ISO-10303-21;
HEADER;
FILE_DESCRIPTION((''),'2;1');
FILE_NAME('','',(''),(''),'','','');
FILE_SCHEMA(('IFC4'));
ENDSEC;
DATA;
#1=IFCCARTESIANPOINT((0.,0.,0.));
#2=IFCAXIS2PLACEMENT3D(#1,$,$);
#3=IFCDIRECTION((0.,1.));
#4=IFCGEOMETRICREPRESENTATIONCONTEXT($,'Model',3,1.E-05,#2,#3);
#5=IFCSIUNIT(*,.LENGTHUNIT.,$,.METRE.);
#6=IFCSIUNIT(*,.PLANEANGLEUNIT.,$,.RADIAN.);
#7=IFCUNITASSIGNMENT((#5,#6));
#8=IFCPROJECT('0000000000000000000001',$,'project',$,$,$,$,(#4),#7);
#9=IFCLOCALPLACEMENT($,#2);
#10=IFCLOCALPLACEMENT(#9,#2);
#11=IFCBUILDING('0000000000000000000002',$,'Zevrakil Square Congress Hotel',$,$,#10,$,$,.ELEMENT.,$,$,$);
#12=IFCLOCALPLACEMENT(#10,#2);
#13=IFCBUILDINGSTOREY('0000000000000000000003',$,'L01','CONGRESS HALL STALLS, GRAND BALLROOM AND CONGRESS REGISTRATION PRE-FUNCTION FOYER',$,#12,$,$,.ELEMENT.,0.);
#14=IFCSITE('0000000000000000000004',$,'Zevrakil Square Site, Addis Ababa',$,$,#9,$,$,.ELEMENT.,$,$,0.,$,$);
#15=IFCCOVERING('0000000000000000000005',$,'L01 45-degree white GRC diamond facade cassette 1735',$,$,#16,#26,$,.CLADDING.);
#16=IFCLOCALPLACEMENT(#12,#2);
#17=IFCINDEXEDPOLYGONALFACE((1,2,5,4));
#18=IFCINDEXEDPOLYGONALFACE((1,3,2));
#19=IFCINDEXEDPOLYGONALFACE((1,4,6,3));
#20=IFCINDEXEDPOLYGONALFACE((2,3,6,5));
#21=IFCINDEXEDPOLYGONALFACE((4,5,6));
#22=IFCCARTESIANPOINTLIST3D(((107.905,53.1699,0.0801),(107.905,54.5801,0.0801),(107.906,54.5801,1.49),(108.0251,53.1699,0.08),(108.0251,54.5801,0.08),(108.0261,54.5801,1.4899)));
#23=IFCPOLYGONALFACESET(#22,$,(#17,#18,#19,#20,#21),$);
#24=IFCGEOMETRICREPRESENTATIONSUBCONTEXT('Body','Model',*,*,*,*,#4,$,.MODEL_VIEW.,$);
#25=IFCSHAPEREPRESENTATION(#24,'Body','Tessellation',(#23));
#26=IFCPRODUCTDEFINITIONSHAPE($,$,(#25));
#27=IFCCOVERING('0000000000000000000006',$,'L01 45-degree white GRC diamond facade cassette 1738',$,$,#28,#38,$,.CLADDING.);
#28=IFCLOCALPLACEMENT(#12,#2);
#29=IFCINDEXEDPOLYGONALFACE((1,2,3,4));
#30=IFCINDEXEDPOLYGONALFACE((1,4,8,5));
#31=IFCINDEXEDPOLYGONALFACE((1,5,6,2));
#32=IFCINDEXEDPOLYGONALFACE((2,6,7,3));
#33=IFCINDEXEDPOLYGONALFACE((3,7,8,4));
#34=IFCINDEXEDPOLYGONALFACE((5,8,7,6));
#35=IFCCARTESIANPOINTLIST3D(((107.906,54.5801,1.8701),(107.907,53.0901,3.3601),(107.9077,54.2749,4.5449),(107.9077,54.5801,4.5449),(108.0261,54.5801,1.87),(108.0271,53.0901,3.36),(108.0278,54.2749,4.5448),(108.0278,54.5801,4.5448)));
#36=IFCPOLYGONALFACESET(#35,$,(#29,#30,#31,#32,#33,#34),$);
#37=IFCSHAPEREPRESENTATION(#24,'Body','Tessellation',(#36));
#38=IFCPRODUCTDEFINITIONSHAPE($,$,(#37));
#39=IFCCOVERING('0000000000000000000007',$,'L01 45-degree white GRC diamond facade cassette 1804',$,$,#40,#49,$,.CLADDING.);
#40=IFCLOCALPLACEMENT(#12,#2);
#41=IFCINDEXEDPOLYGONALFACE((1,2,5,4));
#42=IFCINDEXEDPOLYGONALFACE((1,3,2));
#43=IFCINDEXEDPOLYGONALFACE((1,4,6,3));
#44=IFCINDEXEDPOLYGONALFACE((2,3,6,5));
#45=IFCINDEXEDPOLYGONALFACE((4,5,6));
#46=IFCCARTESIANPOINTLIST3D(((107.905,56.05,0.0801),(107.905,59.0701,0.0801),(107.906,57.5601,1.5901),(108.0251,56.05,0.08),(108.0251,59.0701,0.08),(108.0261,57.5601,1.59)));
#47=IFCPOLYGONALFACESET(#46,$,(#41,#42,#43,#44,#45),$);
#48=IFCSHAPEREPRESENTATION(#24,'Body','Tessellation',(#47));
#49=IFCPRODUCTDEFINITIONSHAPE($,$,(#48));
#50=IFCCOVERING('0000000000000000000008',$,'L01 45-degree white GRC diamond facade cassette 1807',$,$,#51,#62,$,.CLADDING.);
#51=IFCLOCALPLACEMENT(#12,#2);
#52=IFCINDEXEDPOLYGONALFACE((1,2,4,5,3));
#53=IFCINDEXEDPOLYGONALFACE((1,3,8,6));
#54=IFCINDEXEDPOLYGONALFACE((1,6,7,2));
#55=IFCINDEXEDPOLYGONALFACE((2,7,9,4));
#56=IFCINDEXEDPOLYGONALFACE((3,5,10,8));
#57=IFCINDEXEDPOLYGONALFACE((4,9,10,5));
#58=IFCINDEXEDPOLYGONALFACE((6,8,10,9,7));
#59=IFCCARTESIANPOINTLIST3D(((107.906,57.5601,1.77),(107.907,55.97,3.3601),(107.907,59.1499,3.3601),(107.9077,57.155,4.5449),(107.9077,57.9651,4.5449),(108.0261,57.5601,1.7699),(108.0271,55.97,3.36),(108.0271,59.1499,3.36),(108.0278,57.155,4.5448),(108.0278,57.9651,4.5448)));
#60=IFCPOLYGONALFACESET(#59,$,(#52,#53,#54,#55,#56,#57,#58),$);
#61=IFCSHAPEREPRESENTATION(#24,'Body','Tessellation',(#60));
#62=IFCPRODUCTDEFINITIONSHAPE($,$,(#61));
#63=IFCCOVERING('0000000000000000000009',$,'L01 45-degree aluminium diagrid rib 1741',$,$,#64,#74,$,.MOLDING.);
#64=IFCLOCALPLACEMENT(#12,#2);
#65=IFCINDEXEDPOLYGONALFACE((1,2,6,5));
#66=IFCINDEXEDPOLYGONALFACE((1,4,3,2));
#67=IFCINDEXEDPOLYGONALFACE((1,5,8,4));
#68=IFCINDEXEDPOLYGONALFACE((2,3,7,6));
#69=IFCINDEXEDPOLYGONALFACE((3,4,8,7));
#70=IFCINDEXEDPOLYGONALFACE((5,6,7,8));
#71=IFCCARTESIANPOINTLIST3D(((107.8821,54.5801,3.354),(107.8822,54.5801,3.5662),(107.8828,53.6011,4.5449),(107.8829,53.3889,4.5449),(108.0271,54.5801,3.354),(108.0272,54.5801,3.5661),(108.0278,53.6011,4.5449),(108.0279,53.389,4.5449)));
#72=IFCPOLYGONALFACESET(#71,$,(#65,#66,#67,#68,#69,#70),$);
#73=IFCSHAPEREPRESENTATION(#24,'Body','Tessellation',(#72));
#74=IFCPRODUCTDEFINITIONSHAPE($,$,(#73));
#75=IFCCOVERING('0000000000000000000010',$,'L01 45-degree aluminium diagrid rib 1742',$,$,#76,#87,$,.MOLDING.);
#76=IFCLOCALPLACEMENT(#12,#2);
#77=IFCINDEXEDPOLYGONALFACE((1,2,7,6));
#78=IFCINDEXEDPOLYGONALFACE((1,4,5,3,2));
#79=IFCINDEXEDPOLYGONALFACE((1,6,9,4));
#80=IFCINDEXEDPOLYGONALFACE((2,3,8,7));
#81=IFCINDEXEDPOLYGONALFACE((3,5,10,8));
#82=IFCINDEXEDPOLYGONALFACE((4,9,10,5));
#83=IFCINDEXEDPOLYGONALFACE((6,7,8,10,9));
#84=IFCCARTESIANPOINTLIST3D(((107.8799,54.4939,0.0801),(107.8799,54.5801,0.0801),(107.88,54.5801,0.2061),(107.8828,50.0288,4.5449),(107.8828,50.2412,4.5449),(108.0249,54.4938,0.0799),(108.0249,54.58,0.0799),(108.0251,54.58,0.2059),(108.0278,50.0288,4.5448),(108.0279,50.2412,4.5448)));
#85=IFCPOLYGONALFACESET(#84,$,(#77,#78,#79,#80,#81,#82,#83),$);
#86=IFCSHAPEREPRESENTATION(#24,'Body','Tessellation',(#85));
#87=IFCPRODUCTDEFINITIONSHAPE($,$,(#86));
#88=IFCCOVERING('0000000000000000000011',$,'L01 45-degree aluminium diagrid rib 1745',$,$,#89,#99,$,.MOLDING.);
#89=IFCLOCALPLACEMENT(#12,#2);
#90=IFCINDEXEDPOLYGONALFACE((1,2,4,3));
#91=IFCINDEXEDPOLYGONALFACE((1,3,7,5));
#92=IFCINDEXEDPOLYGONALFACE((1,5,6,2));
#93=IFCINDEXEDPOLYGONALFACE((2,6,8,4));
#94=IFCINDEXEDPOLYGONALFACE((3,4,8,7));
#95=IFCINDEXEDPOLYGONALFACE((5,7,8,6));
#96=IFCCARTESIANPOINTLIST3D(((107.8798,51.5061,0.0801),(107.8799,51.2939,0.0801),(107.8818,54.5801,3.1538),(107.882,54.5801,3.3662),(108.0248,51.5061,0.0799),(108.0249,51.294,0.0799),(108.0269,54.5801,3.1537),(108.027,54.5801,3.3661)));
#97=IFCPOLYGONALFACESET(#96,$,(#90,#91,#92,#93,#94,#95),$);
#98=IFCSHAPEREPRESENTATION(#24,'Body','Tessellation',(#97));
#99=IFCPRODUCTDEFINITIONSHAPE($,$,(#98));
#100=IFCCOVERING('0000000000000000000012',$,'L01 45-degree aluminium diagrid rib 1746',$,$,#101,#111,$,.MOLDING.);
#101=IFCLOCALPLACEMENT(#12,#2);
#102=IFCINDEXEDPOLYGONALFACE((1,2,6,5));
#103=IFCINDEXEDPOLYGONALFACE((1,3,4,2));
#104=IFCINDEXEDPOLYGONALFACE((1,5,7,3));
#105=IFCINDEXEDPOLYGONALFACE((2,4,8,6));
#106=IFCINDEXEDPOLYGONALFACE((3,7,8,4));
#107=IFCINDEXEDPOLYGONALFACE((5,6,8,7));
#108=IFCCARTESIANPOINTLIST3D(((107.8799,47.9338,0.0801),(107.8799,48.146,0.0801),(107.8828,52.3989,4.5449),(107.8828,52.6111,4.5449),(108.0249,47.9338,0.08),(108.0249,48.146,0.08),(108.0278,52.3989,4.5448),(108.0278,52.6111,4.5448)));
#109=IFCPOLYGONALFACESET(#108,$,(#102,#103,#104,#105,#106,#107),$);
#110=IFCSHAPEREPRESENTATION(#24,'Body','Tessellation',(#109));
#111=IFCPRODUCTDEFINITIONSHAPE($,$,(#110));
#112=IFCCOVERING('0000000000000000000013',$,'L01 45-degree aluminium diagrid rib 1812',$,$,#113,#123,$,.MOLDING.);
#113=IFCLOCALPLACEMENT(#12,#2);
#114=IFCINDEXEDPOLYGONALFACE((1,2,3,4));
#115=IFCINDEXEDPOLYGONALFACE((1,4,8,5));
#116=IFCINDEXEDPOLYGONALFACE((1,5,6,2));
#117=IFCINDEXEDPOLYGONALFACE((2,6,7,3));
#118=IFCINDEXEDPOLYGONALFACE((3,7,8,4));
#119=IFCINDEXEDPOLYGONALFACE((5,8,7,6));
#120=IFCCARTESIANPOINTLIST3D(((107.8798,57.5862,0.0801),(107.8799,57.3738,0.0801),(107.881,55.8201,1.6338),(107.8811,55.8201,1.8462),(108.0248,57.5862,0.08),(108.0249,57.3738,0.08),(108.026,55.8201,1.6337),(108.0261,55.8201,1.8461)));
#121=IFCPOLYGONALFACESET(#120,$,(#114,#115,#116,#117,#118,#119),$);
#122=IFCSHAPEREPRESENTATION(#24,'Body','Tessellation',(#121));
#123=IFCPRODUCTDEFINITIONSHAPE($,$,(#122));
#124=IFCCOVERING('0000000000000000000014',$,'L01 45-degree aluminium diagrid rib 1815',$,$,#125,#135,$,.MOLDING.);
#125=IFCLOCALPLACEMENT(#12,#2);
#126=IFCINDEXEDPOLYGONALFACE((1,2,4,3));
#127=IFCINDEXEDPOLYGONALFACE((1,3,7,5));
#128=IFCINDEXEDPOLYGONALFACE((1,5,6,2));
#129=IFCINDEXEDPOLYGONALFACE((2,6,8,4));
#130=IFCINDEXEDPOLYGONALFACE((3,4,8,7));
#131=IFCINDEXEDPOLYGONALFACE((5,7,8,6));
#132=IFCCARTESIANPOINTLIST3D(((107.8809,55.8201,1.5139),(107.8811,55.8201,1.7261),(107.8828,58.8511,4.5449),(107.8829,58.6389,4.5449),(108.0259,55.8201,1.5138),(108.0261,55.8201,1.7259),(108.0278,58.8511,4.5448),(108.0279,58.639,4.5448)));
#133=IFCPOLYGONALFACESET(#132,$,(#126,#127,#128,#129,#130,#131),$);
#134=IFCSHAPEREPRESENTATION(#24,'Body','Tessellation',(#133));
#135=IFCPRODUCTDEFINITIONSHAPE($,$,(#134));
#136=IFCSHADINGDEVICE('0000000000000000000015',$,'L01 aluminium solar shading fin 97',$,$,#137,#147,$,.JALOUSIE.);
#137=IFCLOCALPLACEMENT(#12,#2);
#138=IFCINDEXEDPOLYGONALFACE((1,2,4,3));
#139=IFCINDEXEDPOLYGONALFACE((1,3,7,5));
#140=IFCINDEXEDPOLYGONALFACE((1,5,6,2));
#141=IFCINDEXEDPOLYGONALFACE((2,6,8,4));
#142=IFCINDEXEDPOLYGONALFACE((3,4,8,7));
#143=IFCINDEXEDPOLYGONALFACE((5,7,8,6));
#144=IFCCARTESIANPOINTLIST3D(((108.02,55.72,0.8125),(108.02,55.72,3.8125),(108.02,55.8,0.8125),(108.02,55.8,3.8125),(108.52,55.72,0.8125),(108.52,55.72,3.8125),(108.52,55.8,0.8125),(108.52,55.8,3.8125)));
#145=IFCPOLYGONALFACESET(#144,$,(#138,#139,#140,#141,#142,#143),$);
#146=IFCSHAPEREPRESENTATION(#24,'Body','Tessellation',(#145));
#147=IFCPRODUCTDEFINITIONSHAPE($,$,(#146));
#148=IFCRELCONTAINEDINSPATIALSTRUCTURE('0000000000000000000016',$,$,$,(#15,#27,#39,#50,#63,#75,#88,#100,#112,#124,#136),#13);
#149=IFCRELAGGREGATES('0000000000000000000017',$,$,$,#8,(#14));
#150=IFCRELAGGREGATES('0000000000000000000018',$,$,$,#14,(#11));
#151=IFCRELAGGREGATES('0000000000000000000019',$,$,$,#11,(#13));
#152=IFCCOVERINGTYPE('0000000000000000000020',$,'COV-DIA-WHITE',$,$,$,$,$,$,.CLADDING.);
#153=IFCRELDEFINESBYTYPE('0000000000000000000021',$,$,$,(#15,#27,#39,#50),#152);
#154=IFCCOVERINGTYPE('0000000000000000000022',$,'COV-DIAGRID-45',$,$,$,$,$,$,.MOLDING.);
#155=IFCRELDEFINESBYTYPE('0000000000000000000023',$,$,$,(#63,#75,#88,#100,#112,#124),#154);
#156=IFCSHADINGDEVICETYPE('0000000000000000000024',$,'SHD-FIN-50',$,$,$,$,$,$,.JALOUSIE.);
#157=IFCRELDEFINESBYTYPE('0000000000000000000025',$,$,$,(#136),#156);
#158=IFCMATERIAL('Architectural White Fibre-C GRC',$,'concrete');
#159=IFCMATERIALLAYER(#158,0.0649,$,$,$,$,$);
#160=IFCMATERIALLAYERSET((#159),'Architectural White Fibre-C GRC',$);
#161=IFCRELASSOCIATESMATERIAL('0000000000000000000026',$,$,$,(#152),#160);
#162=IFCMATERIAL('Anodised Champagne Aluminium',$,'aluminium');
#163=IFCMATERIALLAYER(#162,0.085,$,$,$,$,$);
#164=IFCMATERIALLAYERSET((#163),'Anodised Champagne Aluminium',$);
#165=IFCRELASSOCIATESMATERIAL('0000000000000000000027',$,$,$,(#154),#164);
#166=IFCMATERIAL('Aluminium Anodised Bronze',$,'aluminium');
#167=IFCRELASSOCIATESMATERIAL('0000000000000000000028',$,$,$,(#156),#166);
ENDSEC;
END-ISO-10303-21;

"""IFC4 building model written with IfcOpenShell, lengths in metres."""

from ifc_helpers import new_model, si_unit, direction, frame, origin, origin_2d, place, context, subcontext, project, spatial, polyline, rectangle, outline, extrude, material, layer, layer_set, type_object, element, save


model = new_model("IFC4")

# Units and contexts
model_context = context("Model", 3, precision=1e-05, world=origin(), true_north=direction((0.0, 1.0)))
body_context = subcontext(model_context, "Body", "Model", "MODEL_VIEW")
ifc_project = project(units=[si_unit("LENGTHUNIT", "METRE"), si_unit("PLANEANGLEUNIT", "RADIAN")], contexts=[model_context])

# Site, building, storey
site_placement = place(None, origin())
site = spatial("IfcSite", under=ifc_project, at=site_placement, Name="Zevrakil Square Site, Addis Ababa", CompositionType="ELEMENT", RefElevation=0.0)
building_placement = place(site_placement, origin())
building = spatial("IfcBuilding", under=site, at=building_placement, Name="Zevrakil Square Congress Hotel", CompositionType="ELEMENT")
storey_placement = place(building_placement, origin())
storey = spatial("IfcBuildingStorey", under=building, at=storey_placement, Name="L01", Description="CONGRESS HALL STALLS, GRAND BALLROOM AND CONGRESS REGISTRATION PRE-FUNCTION FOYER", CompositionType="ELEMENT", Elevation=0.0)

# Coverings
ifc_material_1 = material(Name="Architectural White Fibre-C GRC", Category="concrete")
ifc_layer_1 = layer(ifc_material_1, 0.0649)
ifc_layer_set_1 = layer_set([ifc_layer_1], Name="Architectural White Fibre-C GRC")
covering_type_1 = type_object("IfcCoveringType", Name="COV-DIA-WHITE", PredefinedType="CLADDING", material=ifc_layer_set_1)
covering_1_placement = place(storey_placement, frame((107.905, 53.1699, 0.0801), z_axis=(-1.0, 0.0, 0.000693), x_axis=(0.0, 1.0, 0.0)))
element("IfcCovering", 1, at=covering_1_placement, inside=storey, type_object=covering_type_1, Name="L01 45-degree white GRC diamond facade cassette 1735", PredefinedType="CLADDING", context=body_context, shape_type="SweptSolid", body=[
    extrude(outline(polyline([(0.0, 0.0), (1.4102, 0.0), (1.4102, -1.4099), (0.0, 0.0)])), origin(), (0.0, 0.0, -1.0), 0.1201),
])
covering_2_placement = place(storey_placement, frame((107.907, 53.0901, 3.3601), z_axis=(-1.0, -0.000015, 0.000637), x_axis=(-0.000461, 0.707107, -0.707107)))
element("IfcCovering", 2, at=covering_2_placement, inside=storey, type_object=covering_type_1, Name="L01 45-degree white GRC diamond facade cassette 1738", PredefinedType="CLADDING", context=body_context, shape_type="SweptSolid", body=[
    extrude(outline(polyline([(0.0, 0.0), (2.1072, 0.0), (0.2158, -1.8914), (0.0, -1.6756), (0.0, 0.0)])), origin(), (0.0, 0.0, -1.0), 0.1201),
])
covering_3_placement = place(storey_placement, frame((107.906, 57.5601, 1.5901), z_axis=(-1.0, 0.0, 0.000647), x_axis=(-0.000457, -0.707107, -0.707107)))
element("IfcCovering", 3, at=covering_3_placement, inside=storey, type_object=covering_type_1, Name="L01 45-degree white GRC diamond facade cassette 1804", PredefinedType="CLADDING", context=body_context, shape_type="SweptSolid", body=[
    extrude(outline(polyline([(0.0, 0.0), (2.1355, 0.0), (0.0, -2.1355), (0.0, 0.0)])), origin(), (0.0, 0.0, -1.0), 0.1201),
])
covering_4_placement = place(storey_placement, frame((107.907, 55.97, 3.3601), z_axis=(-1.0, 0.0, 0.000616), x_axis=(-0.000436, 0.707107, -0.707107)))
element("IfcCovering", 4, at=covering_4_placement, inside=storey, type_object=covering_type_1, Name="L01 45-degree white GRC diamond facade cassette 1807", PredefinedType="CLADDING", context=body_context, shape_type="SweptSolid", body=[
    extrude(outline(polyline([(0.0, 0.0), (2.2487, 0.0), (2.2486, -2.2486), (0.573, -2.2486), (0.0002, -1.6758), (0.0, 0.0)])), origin(), (0.0, 0.0, -1.0), 0.1201),
])
ifc_material_2 = material(Name="Anodised Champagne Aluminium", Category="aluminium")
ifc_layer_2 = layer(ifc_material_2, 0.085)
ifc_layer_set_2 = layer_set([ifc_layer_2], Name="Anodised Champagne Aluminium")
covering_type_2 = type_object("IfcCoveringType", Name="COV-DIAGRID-45", PredefinedType="MOLDING", material=ifc_layer_set_2)
covering_5_placement = place(storey_placement, frame((107.8821, 54.5801, 3.354), z_axis=(-1.0, -0.000338, 0.000338), x_axis=(0.000338, 0.0, 1.0)))
element("IfcCovering", 5, at=covering_5_placement, inside=storey, type_object=covering_type_2, Name="L01 45-degree aluminium diagrid rib 1741", PredefinedType="MOLDING", context=body_context, shape_type="SweptSolid", body=[
    extrude(outline(polyline([(0.0, 0.0), (0.2122, 0.0), (1.1909, -0.979), (1.1909, -1.1912), (0.0, 0.0)])), origin(), (0.0, 0.0, -1.0), 0.145),
])
covering_6_placement = place(storey_placement, frame((107.8799, 54.4939, 0.0801), z_axis=(-0.999999, 0.000384, 0.001029), x_axis=(0.000384, 1.0, 0.0)))
element("IfcCovering", 6, at=covering_6_placement, inside=storey, type_object=covering_type_2, Name="L01 45-degree aluminium diagrid rib 1742", PredefinedType="MOLDING", context=body_context, shape_type="SweptSolid", body=[
    extrude(outline(polyline([(0.0, 0.0), (0.0862, 0.0), (0.0862, -0.126), (-4.2527, -4.4648), (-4.4651, -4.4648), (0.0, 0.0)])), origin(), (0.0, 0.0, -1.0), 0.145),
])
covering_7_placement = place(storey_placement, frame((107.8818, 54.5801, 3.1538), z_axis=(-1.0, -0.000249, 0.000901), x_axis=(0.000901, 0.0, 1.0)))
element("IfcCovering", 7, at=covering_7_placement, inside=storey, type_object=covering_type_2, Name="L01 45-degree aluminium diagrid rib 1745", PredefinedType="MOLDING", context=body_context, shape_type="SweptSolid", body=[
    extrude(outline(polyline([(0.0, 0.0), (0.2124, 0.0), (-3.0737, -3.2861), (-3.0737, -3.074), (0.0, 0.0)])), origin(), (0.0, 0.0, -1.0), 0.145),
])
covering_8_placement = place(storey_placement, frame((107.8828, 52.6111, 4.5449), z_axis=(-1.0, 0.0, 0.000656), x_axis=(0.0, -1.0, 0.0)))
element("IfcCovering", 8, at=covering_8_placement, inside=storey, type_object=covering_type_2, Name="L01 45-degree aluminium diagrid rib 1746", PredefinedType="MOLDING", context=body_context, shape_type="SweptSolid", body=[
    extrude(outline(polyline([(0.0, 0.0), (0.2122, 0.0), (4.6772, -4.4648), (4.4651, -4.4648), (0.0, 0.0)])), origin(), (0.0, 0.0, -1.0), 0.145),
])
covering_9_placement = place(storey_placement, frame((107.8799, 57.3738, 0.0801), z_axis=(-1.0, -0.000368, 0.000368), x_axis=(-0.000368, 1.0, 0.0)))
element("IfcCovering", 9, at=covering_9_placement, inside=storey, type_object=covering_type_2, Name="L01 45-degree aluminium diagrid rib 1812", PredefinedType="MOLDING", context=body_context, shape_type="SweptSolid", body=[
    extrude(outline(polyline([(0.0, 0.0), (0.2124, 0.0), (-1.5537, -1.7661), (-1.5537, -1.5537), (0.0, 0.0)])), origin(), (0.0, 0.0, -1.0), 0.145),
])
covering_10_placement = place(storey_placement, frame((107.8828, 58.8511, 4.5449), z_axis=(-1.0, -0.000262, 0.000888), x_axis=(0.000262, -1.0, 0.0)))
element("IfcCovering", 10, at=covering_10_placement, inside=storey, type_object=covering_type_2, Name="L01 45-degree aluminium diagrid rib 1815", PredefinedType="MOLDING", context=body_context, shape_type="SweptSolid", body=[
    extrude(outline(polyline([(0.0, 0.0), (0.2122, 0.0), (3.031, -2.8188), (3.031, -3.031), (0.0, 0.0)])), origin(), (0.0, 0.0, -1.0), 0.145),
])

# Shading device
ifc_material_3 = material(Name="Aluminium Anodised Bronze", Category="aluminium")
shading_device_type = type_object("IfcShadingDeviceType", Name="SHD-FIN-50", PredefinedType="JALOUSIE", material=ifc_material_3)
shading_device_placement = place(storey_placement, frame((108.27, 55.76, 0.8125), z_axis=(0.0, 0.0, 1.0), x_axis=(1.0, 0.0, 0.0)))
element("IfcShadingDevice", 11, at=shading_device_placement, inside=storey, type_object=shading_device_type, Name="L01 aluminium solar shading fin 97", PredefinedType="JALOUSIE", context=body_context, shape_type="SweptSolid", body=[
    extrude(rectangle(XDim=0.5, YDim=0.0801, at=origin_2d()), origin(), (0.0, 0.0, 1.0), 3.0),
])

save(model, "model.ifc")
